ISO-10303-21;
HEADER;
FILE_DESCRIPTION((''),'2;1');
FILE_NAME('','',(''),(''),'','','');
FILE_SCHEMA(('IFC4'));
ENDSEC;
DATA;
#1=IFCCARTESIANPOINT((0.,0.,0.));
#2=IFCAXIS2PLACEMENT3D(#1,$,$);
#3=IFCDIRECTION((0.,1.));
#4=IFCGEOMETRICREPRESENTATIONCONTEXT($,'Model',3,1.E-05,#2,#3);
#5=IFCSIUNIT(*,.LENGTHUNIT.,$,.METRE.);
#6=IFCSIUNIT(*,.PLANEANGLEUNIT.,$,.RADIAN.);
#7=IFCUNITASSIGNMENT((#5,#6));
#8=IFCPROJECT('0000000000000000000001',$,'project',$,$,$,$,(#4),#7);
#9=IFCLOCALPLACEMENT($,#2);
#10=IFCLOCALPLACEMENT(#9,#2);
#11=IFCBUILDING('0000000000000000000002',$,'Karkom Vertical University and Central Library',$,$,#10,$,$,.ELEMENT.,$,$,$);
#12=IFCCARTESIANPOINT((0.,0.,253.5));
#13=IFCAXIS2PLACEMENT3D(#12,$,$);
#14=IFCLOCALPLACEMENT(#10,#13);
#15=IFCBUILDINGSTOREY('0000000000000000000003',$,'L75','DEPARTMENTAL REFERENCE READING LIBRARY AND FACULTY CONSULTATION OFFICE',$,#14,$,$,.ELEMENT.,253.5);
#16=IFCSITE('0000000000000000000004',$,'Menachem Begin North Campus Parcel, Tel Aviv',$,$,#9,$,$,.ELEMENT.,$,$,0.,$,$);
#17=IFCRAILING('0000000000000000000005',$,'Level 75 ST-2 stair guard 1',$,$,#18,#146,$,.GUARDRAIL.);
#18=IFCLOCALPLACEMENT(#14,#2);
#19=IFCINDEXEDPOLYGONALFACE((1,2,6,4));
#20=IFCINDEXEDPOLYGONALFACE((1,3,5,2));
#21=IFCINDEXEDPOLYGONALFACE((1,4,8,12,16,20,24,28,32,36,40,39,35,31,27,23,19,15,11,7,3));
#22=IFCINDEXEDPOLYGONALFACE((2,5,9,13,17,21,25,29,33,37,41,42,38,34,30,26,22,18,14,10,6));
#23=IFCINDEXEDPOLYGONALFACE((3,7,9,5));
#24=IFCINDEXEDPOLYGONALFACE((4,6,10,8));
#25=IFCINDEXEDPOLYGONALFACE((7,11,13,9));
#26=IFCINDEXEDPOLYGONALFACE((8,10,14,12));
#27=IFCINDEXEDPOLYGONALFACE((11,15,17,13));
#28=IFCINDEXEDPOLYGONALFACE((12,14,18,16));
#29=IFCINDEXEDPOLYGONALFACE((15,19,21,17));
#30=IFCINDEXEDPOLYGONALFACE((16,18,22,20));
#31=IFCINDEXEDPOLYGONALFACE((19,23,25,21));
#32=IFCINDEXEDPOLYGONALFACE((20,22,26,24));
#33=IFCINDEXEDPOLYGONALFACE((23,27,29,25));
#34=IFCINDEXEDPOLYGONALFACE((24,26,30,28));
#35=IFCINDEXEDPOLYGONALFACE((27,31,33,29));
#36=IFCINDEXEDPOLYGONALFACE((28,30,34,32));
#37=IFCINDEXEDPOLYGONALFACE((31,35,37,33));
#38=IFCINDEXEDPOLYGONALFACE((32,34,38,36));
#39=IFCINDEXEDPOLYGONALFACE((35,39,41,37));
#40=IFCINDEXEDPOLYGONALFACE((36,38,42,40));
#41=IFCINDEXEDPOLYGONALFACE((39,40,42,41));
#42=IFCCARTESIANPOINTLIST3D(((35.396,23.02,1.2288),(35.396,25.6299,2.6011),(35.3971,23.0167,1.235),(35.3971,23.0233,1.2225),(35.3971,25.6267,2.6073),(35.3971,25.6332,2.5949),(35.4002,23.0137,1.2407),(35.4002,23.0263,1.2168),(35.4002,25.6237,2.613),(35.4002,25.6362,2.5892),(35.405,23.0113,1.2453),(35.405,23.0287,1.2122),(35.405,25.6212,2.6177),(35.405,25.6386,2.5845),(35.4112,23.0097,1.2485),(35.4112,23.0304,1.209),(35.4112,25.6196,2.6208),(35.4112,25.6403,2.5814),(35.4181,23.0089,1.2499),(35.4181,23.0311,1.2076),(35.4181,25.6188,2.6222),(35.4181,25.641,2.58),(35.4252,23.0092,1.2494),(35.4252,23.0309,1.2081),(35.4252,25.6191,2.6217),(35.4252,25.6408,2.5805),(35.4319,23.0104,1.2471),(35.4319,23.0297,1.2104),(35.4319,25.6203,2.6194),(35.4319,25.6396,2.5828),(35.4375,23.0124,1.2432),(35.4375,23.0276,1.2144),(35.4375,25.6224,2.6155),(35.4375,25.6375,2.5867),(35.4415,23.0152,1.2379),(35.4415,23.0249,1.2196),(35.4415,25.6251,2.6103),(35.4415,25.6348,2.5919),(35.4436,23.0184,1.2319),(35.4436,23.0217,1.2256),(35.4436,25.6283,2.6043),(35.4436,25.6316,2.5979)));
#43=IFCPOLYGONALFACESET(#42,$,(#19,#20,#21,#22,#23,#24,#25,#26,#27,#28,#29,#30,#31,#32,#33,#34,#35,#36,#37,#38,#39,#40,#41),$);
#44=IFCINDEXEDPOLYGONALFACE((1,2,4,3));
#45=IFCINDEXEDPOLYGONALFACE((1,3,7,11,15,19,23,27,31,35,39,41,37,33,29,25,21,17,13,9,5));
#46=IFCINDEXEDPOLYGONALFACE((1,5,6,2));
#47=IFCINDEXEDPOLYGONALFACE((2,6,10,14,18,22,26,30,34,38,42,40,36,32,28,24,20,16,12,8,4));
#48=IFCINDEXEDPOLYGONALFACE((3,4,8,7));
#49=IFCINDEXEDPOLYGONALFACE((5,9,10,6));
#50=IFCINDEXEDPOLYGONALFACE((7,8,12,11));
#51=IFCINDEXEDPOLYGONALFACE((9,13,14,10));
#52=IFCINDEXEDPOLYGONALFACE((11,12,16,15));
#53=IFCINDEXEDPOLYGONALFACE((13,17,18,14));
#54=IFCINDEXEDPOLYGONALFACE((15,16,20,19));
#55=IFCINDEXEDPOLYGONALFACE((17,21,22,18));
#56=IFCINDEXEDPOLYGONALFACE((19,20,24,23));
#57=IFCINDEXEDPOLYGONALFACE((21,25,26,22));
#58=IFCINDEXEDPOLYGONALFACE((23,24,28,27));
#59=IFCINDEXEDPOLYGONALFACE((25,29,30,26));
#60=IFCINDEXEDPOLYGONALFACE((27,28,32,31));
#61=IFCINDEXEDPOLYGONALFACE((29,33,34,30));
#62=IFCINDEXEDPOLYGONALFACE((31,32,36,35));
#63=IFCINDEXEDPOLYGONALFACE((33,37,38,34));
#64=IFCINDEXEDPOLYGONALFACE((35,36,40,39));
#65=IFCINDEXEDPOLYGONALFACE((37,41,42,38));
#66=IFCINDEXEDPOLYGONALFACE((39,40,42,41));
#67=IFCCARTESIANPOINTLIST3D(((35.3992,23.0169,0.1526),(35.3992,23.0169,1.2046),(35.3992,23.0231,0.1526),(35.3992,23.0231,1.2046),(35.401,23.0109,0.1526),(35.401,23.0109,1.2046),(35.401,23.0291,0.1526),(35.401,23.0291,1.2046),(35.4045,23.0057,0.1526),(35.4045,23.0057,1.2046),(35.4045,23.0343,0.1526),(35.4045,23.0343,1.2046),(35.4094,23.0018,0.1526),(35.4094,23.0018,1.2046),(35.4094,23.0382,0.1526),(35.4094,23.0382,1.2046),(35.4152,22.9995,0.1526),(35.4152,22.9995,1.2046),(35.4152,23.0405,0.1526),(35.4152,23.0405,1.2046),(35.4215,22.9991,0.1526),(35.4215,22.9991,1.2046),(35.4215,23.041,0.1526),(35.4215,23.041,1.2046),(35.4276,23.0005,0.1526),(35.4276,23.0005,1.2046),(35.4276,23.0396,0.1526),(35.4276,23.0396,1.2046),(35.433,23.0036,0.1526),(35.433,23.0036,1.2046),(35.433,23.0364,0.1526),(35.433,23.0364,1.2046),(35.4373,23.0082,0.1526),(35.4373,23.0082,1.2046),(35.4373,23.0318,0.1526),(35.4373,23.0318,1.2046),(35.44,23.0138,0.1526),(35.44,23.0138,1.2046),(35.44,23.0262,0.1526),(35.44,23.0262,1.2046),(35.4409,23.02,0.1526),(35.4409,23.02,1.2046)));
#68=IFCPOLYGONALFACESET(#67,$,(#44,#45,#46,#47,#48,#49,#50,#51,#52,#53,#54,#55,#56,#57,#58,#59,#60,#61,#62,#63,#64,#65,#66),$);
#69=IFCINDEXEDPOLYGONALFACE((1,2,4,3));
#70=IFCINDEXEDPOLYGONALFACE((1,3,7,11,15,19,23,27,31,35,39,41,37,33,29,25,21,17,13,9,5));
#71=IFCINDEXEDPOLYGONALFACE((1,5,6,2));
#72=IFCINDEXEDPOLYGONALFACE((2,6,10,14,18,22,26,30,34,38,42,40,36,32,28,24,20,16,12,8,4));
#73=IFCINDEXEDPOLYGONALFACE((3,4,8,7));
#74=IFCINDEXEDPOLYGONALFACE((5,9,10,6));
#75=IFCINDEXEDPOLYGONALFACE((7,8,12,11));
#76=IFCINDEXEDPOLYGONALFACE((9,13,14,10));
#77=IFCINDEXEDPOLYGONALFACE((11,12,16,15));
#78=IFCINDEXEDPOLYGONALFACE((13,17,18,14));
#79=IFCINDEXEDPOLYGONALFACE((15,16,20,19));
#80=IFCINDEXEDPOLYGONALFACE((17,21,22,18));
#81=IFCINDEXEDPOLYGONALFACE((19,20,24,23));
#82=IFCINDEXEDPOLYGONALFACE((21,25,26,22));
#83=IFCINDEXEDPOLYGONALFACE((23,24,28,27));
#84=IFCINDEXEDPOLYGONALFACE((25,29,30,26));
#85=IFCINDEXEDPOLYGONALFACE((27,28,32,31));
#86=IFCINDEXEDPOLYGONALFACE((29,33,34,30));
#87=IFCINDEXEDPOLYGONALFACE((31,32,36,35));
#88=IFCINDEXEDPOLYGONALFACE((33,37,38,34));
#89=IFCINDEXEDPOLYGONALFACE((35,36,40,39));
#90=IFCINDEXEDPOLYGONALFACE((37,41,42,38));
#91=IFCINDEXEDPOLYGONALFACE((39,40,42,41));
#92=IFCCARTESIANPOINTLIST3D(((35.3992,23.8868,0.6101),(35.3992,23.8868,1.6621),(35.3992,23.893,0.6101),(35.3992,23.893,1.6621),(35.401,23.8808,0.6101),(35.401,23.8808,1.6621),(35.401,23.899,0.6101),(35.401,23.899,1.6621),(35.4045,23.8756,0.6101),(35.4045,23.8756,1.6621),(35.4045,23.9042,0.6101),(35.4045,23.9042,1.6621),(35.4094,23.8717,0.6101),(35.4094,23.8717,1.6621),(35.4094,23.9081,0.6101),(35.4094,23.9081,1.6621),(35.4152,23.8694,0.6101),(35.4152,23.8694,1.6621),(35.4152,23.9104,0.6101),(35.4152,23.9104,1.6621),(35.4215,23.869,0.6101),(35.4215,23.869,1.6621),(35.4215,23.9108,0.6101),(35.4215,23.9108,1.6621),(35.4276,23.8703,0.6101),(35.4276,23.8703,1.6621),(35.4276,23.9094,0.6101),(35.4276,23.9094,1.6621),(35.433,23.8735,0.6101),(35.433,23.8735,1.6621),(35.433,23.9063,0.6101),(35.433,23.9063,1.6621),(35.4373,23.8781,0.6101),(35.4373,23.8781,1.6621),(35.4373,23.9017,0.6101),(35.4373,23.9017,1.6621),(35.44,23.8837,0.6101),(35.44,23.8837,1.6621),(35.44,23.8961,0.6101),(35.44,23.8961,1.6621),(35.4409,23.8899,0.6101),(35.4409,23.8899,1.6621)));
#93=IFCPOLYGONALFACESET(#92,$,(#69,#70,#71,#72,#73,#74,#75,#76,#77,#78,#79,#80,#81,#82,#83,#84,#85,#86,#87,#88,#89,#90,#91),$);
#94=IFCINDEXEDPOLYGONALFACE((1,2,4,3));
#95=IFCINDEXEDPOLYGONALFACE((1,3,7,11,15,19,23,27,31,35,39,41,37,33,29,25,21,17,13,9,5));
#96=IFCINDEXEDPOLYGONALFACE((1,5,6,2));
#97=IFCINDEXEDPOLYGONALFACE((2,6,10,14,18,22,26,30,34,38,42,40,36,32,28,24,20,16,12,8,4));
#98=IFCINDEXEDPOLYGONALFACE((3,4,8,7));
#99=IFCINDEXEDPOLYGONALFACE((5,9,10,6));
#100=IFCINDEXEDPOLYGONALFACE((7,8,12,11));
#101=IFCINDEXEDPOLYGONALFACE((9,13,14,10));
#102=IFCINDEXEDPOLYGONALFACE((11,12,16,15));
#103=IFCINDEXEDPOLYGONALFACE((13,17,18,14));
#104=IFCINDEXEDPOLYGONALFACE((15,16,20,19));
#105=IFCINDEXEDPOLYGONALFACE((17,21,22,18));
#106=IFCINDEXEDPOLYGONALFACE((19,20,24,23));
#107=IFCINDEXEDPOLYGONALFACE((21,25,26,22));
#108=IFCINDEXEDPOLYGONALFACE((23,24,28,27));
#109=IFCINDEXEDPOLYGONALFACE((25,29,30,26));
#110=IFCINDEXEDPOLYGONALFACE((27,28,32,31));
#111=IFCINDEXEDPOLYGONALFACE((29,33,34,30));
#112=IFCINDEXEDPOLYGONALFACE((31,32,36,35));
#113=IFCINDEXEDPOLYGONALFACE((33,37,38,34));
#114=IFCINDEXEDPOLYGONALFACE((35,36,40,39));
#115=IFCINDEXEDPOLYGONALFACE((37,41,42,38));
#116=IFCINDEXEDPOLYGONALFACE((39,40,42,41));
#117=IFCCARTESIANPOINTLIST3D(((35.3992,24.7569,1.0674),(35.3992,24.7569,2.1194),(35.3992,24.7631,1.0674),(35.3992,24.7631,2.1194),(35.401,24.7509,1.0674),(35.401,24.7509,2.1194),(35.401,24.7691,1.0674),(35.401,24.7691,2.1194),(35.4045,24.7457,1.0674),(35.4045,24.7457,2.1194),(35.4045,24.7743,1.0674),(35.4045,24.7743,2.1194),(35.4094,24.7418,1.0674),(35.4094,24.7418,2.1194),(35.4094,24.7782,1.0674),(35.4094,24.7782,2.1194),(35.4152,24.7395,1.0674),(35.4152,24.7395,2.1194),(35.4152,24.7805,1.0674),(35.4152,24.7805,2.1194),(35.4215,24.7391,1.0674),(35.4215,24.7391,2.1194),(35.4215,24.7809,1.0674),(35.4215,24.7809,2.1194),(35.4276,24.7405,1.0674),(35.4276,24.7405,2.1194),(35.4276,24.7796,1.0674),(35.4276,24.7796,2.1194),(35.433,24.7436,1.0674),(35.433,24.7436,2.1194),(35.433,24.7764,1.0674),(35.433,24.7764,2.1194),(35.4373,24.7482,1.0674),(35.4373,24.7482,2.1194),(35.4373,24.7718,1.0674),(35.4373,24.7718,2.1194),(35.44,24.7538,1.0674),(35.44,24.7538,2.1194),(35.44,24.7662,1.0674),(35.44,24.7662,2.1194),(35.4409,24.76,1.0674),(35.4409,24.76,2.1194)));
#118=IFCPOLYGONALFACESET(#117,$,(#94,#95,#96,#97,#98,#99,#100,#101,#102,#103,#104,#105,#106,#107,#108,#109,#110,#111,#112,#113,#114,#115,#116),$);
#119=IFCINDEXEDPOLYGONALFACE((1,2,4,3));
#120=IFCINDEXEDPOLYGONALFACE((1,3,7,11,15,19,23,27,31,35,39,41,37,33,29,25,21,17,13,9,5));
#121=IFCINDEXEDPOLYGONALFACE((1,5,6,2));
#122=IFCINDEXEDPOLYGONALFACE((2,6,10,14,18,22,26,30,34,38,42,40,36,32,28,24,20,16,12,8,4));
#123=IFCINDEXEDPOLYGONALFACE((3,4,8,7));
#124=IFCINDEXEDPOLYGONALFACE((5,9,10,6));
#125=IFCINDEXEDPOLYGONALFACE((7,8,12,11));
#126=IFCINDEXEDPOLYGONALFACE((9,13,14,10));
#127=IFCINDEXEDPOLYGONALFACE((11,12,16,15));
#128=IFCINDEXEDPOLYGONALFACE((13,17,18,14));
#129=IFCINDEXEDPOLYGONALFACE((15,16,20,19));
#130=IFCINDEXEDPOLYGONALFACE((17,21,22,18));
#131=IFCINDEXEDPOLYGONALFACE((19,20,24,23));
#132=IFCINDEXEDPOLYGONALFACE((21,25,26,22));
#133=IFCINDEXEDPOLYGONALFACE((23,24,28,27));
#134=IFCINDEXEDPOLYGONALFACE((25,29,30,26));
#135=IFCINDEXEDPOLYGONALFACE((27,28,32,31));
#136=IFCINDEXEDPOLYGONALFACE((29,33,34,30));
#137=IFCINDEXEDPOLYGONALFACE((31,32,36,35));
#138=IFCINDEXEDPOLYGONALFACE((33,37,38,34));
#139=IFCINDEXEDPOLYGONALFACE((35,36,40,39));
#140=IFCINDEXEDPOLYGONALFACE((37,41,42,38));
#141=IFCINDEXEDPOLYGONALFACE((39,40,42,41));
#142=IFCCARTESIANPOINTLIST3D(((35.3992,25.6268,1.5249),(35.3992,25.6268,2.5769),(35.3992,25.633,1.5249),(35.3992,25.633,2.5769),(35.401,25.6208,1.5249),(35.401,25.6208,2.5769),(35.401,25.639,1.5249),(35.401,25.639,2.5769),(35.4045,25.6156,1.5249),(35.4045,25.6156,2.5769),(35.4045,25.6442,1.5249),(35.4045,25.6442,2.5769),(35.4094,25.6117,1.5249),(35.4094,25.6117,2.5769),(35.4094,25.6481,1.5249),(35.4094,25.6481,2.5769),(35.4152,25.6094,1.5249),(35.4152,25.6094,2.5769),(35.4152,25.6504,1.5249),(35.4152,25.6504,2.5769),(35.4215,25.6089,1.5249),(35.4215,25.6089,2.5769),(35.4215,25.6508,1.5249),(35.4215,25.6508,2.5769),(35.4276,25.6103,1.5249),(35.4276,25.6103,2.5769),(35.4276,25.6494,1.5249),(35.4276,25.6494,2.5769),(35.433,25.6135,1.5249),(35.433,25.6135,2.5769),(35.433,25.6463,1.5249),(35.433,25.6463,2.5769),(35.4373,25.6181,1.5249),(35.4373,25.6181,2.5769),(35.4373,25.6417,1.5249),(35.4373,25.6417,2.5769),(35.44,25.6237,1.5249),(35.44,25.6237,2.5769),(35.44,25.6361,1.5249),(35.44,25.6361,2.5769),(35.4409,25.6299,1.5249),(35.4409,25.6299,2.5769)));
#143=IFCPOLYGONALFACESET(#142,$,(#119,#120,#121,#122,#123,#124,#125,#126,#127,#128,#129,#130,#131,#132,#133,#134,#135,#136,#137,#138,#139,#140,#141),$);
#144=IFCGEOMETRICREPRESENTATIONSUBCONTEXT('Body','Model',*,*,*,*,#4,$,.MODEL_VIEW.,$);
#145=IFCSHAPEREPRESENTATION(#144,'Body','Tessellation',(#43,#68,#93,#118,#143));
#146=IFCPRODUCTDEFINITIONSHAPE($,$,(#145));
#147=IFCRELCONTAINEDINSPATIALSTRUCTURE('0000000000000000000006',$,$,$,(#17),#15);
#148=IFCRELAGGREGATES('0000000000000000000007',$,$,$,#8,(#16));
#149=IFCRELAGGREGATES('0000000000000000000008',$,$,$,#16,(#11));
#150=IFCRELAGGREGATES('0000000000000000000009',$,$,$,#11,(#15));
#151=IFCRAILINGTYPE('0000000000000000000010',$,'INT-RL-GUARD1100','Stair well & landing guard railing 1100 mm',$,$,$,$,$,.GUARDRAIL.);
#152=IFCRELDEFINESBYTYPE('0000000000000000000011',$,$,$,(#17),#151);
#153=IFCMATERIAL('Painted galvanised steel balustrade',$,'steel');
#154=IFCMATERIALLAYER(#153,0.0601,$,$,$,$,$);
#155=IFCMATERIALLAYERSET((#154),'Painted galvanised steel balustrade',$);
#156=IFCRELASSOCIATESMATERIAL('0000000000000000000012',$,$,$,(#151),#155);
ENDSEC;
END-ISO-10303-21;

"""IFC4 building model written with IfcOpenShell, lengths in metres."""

from ifc_helpers import new_model, si_unit, direction, frame, origin, origin_2d, place, context, subcontext, project, spatial, circle, extrude, material, layer, layer_set, type_object, element, save


model = new_model("IFC4")

# Units and contexts
model_context = context("Model", 3, precision=1e-05, world=origin(), true_north=direction((0.0, 1.0)))
body_context = subcontext(model_context, "Body", "Model", "MODEL_VIEW")
ifc_project = project(units=[si_unit("LENGTHUNIT", "METRE"), si_unit("PLANEANGLEUNIT", "RADIAN")], contexts=[model_context])

# Site, building, storey
site_placement = place(None, origin())
site = spatial("IfcSite", under=ifc_project, at=site_placement, Name="Menachem Begin North Campus Parcel, Tel Aviv", CompositionType="ELEMENT", RefElevation=0.0)
building_placement = place(site_placement, origin())
building = spatial("IfcBuilding", under=site, at=building_placement, Name="Karkom Vertical University and Central Library", CompositionType="ELEMENT")
storey_placement = place(building_placement, frame((0.0, 0.0, 253.5)))
storey = spatial("IfcBuildingStorey", under=building, at=storey_placement, Name="L75", Description="DEPARTMENTAL REFERENCE READING LIBRARY AND FACULTY CONSULTATION OFFICE", CompositionType="ELEMENT", Elevation=253.5)

# Railing
ifc_material_1 = material(Name="Painted galvanised steel balustrade", Category="steel")
ifc_layer_1 = layer(ifc_material_1, 0.0601)
ifc_layer_set_1 = layer_set([ifc_layer_1], Name="Painted galvanised steel balustrade")
railing_type = type_object("IfcRailingType", Name="INT-RL-GUARD1100", Description="Stair well & landing guard railing 1100 mm", PredefinedType="GUARDRAIL", material=ifc_layer_set_1)
railing_1_placement = place(storey_placement, frame((35.4199, 23.02, 0.1526)))
element("IfcRailing", 1, at=railing_1_placement, inside=storey, type_object=railing_type, Name="Level 75 ST-2 stair guard 1", PredefinedType="GUARDRAIL", context=body_context, shape_type="SweptSolid", body=[
    extrude(circle(Radius=0.0239, at=origin_2d()), frame((0.0, 0.0, 1.0762), z_axis=(0.0, 0.8851, 0.465402), x_axis=(-1.0, 0.0, 0.0)), (0.0, 0.0, 1.0), 2.9487),
    extrude(circle(Radius=0.021, at=origin_2d()), origin(), (0.0, 0.0, 1.0), 1.052),
    extrude(circle(Radius=0.021, at=origin_2d()), frame((0.0, 0.8699, 0.4575)), (0.0, 0.0, 1.0), 1.052),
    extrude(circle(Radius=0.021, at=origin_2d()), frame((0.0, 1.74, 0.9148)), (0.0, 0.0, 1.0), 1.052),
    extrude(circle(Radius=0.021, at=origin_2d()), frame((0.0, 2.6099, 1.3723)), (0.0, 0.0, 1.0), 1.052),
])

save(model, "model.ifc")
